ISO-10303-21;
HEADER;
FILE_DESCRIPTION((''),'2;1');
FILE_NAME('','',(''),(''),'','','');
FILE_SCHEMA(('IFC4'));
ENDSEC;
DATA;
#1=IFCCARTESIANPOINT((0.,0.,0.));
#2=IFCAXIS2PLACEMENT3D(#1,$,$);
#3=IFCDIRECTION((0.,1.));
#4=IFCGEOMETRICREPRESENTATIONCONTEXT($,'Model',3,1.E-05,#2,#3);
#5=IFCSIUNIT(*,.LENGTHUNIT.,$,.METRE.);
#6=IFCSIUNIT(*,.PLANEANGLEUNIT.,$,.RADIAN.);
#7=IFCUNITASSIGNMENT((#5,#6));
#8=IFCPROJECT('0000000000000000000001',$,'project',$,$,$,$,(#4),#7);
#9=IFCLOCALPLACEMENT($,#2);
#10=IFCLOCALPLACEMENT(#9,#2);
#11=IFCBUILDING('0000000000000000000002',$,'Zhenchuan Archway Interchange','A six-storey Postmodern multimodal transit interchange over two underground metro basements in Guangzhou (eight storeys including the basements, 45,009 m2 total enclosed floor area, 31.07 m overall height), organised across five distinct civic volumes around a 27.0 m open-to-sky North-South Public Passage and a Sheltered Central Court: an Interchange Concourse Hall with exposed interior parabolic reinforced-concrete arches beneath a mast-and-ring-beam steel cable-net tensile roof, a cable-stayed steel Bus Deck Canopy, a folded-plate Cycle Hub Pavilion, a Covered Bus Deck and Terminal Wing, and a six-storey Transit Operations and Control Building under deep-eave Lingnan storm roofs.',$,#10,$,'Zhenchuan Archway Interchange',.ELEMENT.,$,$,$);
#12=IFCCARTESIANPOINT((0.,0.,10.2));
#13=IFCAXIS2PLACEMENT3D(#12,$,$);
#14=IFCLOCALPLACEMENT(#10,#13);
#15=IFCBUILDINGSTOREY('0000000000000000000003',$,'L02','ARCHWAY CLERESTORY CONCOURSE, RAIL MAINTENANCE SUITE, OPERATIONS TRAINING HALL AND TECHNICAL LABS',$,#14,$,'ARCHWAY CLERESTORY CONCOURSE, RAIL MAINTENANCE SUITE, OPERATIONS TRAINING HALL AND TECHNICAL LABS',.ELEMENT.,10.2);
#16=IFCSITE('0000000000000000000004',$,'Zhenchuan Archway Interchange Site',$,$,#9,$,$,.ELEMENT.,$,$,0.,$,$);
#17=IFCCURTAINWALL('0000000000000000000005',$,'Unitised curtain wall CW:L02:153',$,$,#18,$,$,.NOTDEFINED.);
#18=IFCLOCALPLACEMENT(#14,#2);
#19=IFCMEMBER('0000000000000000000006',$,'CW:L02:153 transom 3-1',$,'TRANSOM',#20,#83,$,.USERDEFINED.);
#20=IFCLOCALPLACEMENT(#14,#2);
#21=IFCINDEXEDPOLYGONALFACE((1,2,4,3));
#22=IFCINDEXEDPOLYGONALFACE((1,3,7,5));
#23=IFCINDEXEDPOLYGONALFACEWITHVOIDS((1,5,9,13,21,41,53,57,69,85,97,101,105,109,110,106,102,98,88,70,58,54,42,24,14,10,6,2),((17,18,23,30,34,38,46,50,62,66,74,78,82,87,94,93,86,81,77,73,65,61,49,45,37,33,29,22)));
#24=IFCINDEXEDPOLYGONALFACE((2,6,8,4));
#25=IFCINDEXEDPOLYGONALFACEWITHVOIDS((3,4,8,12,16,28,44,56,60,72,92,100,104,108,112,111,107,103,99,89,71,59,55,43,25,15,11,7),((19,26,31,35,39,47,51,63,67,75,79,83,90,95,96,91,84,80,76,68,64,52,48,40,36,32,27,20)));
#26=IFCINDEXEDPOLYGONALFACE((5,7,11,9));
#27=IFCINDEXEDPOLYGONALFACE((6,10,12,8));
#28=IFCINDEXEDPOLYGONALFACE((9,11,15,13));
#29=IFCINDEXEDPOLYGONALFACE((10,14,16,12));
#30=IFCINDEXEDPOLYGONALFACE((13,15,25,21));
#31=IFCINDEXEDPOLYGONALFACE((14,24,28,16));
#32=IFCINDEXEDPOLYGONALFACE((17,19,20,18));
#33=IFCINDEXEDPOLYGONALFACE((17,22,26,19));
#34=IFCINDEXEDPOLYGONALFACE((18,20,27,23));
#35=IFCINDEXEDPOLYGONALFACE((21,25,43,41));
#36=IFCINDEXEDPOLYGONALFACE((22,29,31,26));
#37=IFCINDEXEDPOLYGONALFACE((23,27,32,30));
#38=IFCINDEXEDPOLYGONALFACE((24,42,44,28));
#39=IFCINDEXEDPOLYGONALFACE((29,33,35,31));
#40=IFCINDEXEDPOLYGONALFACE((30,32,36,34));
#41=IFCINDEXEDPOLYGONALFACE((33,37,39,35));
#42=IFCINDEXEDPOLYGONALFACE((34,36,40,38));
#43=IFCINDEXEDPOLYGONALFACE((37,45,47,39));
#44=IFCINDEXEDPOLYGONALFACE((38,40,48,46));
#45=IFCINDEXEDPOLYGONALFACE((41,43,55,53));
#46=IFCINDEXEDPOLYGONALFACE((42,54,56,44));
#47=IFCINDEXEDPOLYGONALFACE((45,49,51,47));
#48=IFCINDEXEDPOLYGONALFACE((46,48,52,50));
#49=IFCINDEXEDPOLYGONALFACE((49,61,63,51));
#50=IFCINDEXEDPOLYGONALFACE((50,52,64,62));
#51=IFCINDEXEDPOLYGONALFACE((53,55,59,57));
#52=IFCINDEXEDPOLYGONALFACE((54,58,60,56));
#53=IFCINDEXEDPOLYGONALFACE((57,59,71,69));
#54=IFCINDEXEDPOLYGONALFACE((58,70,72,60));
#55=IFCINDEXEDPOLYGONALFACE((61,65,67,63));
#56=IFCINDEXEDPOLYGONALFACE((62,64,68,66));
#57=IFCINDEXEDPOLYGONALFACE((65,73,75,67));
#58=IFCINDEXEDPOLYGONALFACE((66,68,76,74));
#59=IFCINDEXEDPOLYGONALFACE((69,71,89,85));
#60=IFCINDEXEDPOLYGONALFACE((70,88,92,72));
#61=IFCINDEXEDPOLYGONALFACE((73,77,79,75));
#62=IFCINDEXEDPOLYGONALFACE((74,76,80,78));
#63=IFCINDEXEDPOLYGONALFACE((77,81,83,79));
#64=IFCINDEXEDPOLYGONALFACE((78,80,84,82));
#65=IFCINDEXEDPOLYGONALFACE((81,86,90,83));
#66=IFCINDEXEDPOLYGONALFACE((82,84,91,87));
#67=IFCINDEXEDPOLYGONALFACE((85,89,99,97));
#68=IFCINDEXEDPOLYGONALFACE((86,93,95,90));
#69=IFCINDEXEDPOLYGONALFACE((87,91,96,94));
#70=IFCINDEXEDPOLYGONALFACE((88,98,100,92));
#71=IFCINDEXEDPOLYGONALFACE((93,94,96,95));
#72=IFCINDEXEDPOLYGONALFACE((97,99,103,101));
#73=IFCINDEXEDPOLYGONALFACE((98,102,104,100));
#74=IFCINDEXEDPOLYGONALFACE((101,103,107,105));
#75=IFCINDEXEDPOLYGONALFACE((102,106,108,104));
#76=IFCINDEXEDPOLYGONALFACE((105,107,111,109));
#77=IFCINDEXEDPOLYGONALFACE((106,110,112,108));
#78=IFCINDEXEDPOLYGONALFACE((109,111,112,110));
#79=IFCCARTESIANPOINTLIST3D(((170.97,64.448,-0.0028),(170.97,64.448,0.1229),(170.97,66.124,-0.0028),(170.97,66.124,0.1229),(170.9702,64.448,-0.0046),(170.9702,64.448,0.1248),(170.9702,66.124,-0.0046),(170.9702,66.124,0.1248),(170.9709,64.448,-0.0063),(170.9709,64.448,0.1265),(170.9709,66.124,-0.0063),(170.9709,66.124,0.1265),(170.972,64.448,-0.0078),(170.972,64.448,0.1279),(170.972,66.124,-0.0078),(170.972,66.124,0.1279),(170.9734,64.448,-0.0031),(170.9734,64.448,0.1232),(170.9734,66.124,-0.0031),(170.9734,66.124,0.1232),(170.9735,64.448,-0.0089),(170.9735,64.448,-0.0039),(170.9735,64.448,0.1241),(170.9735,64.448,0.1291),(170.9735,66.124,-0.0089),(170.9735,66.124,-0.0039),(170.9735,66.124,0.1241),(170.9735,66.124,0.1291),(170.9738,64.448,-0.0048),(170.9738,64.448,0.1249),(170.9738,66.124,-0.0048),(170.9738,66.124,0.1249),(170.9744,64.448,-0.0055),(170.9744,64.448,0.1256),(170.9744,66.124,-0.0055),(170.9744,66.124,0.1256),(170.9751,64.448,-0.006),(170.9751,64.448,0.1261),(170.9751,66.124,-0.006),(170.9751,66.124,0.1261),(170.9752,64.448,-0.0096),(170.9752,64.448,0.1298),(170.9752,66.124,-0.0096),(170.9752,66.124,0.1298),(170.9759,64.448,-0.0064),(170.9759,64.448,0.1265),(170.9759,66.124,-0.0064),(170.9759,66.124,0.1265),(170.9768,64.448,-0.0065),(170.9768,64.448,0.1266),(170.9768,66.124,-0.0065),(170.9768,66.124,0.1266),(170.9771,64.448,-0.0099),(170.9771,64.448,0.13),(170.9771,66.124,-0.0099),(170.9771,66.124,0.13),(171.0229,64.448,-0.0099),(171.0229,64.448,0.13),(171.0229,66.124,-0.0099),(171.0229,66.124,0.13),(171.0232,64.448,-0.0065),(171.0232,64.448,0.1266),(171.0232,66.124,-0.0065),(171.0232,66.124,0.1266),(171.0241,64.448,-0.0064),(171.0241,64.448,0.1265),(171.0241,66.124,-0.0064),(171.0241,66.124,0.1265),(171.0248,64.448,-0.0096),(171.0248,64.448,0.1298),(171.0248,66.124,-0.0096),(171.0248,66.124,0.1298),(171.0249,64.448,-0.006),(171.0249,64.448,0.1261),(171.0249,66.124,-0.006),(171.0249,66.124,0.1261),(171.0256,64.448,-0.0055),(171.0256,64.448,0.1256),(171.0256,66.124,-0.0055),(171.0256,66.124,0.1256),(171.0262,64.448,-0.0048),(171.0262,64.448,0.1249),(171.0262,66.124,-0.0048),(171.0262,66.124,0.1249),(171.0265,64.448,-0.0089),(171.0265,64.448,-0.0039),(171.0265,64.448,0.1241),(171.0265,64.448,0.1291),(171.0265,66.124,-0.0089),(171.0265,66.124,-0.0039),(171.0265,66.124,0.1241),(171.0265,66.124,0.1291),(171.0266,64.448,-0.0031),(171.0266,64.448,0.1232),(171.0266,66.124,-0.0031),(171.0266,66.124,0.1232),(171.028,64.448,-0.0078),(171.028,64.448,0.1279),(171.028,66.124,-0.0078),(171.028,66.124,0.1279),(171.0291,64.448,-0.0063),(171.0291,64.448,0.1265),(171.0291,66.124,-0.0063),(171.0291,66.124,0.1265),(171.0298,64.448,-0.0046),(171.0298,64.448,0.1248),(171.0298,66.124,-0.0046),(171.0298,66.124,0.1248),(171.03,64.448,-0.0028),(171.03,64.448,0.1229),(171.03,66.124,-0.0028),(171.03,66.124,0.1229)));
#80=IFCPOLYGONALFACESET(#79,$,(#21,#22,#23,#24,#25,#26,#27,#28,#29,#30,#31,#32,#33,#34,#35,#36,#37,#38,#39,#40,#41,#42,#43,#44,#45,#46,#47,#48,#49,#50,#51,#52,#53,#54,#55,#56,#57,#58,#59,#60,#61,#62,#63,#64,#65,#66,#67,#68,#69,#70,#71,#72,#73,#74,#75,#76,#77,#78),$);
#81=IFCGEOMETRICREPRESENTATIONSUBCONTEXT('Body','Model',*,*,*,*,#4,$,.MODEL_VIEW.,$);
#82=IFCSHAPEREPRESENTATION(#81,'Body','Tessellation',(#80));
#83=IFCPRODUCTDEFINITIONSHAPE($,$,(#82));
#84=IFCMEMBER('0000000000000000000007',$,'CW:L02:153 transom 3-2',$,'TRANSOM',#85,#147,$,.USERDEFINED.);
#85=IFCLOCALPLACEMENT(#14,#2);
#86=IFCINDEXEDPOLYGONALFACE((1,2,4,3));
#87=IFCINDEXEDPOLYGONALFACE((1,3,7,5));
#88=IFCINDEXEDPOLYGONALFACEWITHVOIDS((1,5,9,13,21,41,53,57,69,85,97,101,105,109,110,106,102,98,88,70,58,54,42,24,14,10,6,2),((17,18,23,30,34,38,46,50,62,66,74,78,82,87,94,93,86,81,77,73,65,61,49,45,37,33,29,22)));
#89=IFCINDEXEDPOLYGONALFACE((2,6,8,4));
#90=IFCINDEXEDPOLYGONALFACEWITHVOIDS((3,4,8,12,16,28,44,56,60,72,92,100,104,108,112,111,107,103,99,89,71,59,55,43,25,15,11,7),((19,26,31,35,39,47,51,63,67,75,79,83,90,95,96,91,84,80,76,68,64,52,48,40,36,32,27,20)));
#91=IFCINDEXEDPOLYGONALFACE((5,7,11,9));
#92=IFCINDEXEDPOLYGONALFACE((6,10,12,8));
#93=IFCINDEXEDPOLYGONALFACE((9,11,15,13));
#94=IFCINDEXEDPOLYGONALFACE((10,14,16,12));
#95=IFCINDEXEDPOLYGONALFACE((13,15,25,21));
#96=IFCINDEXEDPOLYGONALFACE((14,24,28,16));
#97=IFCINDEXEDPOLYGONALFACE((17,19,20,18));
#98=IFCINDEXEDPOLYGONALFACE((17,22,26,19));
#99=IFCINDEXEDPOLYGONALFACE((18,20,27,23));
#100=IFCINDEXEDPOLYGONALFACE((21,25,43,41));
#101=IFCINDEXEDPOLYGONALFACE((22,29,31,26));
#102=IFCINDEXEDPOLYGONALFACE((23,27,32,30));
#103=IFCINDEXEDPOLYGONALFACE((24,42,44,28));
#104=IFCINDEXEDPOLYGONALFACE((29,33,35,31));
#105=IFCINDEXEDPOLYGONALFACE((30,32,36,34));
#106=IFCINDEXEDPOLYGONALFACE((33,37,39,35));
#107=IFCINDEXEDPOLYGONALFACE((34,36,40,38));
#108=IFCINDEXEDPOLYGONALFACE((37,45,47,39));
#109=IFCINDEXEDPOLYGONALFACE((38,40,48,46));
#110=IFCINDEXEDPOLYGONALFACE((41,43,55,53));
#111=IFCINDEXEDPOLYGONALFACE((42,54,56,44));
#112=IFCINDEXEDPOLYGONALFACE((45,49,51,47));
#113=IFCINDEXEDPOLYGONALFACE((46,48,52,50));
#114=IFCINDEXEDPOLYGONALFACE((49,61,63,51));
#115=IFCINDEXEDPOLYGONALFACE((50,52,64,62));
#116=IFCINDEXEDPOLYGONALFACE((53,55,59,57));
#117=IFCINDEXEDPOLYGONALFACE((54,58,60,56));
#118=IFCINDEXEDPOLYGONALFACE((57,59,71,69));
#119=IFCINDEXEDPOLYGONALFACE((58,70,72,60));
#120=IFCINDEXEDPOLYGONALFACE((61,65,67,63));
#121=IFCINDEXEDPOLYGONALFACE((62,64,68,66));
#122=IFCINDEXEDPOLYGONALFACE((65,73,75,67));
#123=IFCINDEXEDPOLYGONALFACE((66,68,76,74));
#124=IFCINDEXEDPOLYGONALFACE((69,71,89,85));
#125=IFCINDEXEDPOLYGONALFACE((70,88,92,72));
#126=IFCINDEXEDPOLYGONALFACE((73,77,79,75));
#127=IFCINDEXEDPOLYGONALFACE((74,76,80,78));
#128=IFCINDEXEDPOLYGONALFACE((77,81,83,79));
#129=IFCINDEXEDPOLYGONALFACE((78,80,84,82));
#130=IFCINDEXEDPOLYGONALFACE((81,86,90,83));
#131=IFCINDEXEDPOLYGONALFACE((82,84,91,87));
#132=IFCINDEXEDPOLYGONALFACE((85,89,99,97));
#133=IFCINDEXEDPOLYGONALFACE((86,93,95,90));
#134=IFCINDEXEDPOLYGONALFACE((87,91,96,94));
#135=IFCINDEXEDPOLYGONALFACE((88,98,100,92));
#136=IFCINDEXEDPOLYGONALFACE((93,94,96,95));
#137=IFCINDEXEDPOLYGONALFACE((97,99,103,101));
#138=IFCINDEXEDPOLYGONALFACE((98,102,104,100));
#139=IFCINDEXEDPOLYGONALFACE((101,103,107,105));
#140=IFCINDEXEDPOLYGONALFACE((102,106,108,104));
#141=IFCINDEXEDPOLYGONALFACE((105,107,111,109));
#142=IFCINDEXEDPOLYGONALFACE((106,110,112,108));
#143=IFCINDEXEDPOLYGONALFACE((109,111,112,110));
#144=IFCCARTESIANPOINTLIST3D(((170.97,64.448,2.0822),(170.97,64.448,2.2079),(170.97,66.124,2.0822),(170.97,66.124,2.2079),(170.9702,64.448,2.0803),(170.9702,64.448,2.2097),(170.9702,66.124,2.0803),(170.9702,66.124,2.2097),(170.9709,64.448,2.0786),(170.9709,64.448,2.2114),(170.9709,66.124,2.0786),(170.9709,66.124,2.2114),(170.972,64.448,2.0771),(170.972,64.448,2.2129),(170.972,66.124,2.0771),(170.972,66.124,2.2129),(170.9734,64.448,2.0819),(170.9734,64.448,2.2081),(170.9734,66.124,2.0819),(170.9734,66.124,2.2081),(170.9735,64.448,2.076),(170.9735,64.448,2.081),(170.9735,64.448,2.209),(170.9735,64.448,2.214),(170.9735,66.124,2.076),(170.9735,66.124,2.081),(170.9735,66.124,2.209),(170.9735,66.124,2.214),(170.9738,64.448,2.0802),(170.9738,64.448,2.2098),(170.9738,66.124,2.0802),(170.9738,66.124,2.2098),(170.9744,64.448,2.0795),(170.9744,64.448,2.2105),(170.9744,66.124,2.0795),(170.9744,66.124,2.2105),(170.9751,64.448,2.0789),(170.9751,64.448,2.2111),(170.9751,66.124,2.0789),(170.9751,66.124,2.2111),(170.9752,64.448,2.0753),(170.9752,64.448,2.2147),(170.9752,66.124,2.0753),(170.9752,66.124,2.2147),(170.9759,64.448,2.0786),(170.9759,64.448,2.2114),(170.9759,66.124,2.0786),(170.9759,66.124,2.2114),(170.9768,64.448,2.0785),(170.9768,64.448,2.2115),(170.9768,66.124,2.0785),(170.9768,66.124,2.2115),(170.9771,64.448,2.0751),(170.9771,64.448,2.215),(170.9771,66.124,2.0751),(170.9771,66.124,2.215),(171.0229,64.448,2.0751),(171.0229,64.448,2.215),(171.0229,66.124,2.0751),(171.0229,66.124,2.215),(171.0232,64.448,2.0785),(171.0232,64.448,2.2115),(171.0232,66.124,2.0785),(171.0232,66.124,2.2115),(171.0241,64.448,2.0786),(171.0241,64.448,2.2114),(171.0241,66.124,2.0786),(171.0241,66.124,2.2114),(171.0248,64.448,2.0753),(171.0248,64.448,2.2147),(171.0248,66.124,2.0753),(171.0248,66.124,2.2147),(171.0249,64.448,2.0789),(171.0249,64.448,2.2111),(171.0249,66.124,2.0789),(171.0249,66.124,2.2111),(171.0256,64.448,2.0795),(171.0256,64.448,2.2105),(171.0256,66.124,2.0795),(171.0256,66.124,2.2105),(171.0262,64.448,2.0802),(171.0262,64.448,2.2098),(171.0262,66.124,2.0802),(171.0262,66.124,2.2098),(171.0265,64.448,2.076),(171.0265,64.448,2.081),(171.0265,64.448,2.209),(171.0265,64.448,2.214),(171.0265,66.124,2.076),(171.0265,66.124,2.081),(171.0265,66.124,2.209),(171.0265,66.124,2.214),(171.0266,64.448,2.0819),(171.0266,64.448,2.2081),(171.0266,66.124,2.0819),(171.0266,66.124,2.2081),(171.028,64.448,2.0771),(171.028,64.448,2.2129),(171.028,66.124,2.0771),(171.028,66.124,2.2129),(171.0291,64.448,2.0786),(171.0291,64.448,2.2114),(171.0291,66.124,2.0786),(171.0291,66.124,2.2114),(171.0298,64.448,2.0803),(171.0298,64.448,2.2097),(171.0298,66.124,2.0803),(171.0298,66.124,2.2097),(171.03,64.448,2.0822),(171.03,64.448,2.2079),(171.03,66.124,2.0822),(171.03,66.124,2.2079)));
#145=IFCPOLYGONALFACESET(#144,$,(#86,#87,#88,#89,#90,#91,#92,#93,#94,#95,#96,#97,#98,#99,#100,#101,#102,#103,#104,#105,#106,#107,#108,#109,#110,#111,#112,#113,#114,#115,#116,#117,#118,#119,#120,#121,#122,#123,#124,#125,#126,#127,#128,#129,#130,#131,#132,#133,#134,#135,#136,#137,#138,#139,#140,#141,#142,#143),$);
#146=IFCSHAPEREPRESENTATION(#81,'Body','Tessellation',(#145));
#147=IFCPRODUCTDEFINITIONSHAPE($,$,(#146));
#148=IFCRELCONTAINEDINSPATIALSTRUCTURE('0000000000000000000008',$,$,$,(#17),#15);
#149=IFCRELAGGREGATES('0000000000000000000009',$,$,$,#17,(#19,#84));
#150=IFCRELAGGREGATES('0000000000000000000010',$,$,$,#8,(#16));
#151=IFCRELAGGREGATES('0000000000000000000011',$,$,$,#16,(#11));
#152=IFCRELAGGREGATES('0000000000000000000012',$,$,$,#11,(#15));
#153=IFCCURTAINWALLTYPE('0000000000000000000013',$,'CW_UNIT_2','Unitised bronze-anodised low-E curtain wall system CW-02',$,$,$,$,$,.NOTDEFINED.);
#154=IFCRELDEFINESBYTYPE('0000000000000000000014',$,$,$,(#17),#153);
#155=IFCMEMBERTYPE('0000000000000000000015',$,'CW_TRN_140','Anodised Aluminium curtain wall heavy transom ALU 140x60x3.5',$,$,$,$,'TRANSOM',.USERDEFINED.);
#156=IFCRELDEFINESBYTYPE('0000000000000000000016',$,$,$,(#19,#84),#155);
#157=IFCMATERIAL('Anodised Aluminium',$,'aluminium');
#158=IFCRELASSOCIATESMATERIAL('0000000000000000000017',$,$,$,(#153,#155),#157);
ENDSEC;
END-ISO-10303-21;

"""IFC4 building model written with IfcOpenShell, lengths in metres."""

from ifc_helpers import new_model, si_unit, direction, frame, origin, origin_2d, place, context, subcontext, project, spatial, hollow_rectangle, extrude, material, material_profile, profile_set, type_object, element, aggregate, save


model = new_model("IFC4")

# Units and contexts
model_context = context("Model", 3, precision=1e-05, world=origin(), true_north=direction((0.0, 1.0)))
body_context = subcontext(model_context, "Body", "Model", "MODEL_VIEW")
ifc_project = project(units=[si_unit("LENGTHUNIT", "METRE"), si_unit("PLANEANGLEUNIT", "RADIAN")], contexts=[model_context])

# Site, building, storey
site_placement = place(None, origin())
site = spatial("IfcSite", under=ifc_project, at=site_placement, Name="Zhenchuan Archway Interchange Site", CompositionType="ELEMENT", RefElevation=0.0)
building_placement = place(site_placement, origin())
building = spatial("IfcBuilding", under=site, at=building_placement, Name="Zhenchuan Archway Interchange", Description="A six-storey Postmodern multimodal transit interchange over two underground metro basements in Guangzhou (eight storeys including the basements, 45,009 m2 total enclosed floor area, 31.07 m overall height), organised across five distinct civic volumes around a 27.0 m open-to-sky North-South Public Passage and a Sheltered Central Court: an Interchange Concourse Hall with exposed interior parabolic reinforced-concrete arches beneath a mast-and-ring-beam steel cable-net tensile roof, a cable-stayed steel Bus Deck Canopy, a folded-plate Cycle Hub Pavilion, a Covered Bus Deck and Terminal Wing, and a six-storey Transit Operations and Control Building under deep-eave Lingnan storm roofs.", LongName="Zhenchuan Archway Interchange", CompositionType="ELEMENT")
storey_placement = place(building_placement, frame((0.0, 0.0, 10.2)))
storey = spatial("IfcBuildingStorey", under=building, at=storey_placement, Name="L02", Description="ARCHWAY CLERESTORY CONCOURSE, RAIL MAINTENANCE SUITE, OPERATIONS TRAINING HALL AND TECHNICAL LABS", LongName="ARCHWAY CLERESTORY CONCOURSE, RAIL MAINTENANCE SUITE, OPERATIONS TRAINING HALL AND TECHNICAL LABS", CompositionType="ELEMENT", Elevation=10.2)

# Curtain wall, members
ifc_material_1 = material(Name="Anodised Aluminium", Category="aluminium")
curtain_wall_type = type_object("IfcCurtainWallType", Name="CW_UNIT_2", Description="Unitised bronze-anodised low-E curtain wall system CW-02", PredefinedType="NOTDEFINED", material=ifc_material_1)
curtain_wall_placement = place(storey_placement, origin())
curtain_wall = element("IfcCurtainWall", 1, at=curtain_wall_placement, inside=storey, type_object=curtain_wall_type, Name="Unitised curtain wall CW:L02:153", PredefinedType="NOTDEFINED")
ifc_material_profile_1 = material_profile(ifc_material_1, hollow_rectangle(XDim=0.0601, YDim=0.1399, WallThickness=0.0034, InnerFilletRadius=0.0034, OuterFilletRadius=0.0071, at=origin_2d()), Name="ALU 140x60x3.5")
ifc_profile_set_1 = profile_set([ifc_material_profile_1], Name="Anodised Aluminium")
member_type_1 = type_object("IfcMemberType", Name="CW_TRN_140", Description="Anodised Aluminium curtain wall heavy transom ALU 140x60x3.5", ElementType="TRANSOM", PredefinedType="USERDEFINED", material=ifc_profile_set_1)
member_1_placement = place(storey_placement, frame((171.0, 66.124, 0.0601), z_axis=(0.0, -1.0, 0.0), x_axis=(1.0, 0.0, 0.0)))
member_1 = element("IfcMember", 2, at=member_1_placement, type_object=member_type_1, Name="CW:L02:153 transom 3-1", ObjectType="TRANSOM", PredefinedType="USERDEFINED", context=body_context, shape_type="SweptSolid", body=[
    extrude(hollow_rectangle(XDim=0.0601, YDim=0.1399, WallThickness=0.0034, InnerFilletRadius=0.0034, OuterFilletRadius=0.0071, at=origin_2d()), origin(), (0.0, 0.0, 1.0), 1.676),
])
member_2_placement = place(storey_placement, frame((171.0, 66.124, 2.145), z_axis=(0.0, -1.0, 0.0), x_axis=(1.0, 0.0, 0.0)))
member_2 = element("IfcMember", 3, at=member_2_placement, type_object=member_type_1, Name="CW:L02:153 transom 3-2", ObjectType="TRANSOM", PredefinedType="USERDEFINED", context=body_context, shape_type="SweptSolid", body=[
    extrude(hollow_rectangle(XDim=0.0601, YDim=0.1399, WallThickness=0.0034, InnerFilletRadius=0.0034, OuterFilletRadius=0.0071, at=origin_2d()), origin(), (0.0, 0.0, 1.0), 1.676),
])

aggregate(curtain_wall, [member_1, member_2])

save(model, "model.ifc")
